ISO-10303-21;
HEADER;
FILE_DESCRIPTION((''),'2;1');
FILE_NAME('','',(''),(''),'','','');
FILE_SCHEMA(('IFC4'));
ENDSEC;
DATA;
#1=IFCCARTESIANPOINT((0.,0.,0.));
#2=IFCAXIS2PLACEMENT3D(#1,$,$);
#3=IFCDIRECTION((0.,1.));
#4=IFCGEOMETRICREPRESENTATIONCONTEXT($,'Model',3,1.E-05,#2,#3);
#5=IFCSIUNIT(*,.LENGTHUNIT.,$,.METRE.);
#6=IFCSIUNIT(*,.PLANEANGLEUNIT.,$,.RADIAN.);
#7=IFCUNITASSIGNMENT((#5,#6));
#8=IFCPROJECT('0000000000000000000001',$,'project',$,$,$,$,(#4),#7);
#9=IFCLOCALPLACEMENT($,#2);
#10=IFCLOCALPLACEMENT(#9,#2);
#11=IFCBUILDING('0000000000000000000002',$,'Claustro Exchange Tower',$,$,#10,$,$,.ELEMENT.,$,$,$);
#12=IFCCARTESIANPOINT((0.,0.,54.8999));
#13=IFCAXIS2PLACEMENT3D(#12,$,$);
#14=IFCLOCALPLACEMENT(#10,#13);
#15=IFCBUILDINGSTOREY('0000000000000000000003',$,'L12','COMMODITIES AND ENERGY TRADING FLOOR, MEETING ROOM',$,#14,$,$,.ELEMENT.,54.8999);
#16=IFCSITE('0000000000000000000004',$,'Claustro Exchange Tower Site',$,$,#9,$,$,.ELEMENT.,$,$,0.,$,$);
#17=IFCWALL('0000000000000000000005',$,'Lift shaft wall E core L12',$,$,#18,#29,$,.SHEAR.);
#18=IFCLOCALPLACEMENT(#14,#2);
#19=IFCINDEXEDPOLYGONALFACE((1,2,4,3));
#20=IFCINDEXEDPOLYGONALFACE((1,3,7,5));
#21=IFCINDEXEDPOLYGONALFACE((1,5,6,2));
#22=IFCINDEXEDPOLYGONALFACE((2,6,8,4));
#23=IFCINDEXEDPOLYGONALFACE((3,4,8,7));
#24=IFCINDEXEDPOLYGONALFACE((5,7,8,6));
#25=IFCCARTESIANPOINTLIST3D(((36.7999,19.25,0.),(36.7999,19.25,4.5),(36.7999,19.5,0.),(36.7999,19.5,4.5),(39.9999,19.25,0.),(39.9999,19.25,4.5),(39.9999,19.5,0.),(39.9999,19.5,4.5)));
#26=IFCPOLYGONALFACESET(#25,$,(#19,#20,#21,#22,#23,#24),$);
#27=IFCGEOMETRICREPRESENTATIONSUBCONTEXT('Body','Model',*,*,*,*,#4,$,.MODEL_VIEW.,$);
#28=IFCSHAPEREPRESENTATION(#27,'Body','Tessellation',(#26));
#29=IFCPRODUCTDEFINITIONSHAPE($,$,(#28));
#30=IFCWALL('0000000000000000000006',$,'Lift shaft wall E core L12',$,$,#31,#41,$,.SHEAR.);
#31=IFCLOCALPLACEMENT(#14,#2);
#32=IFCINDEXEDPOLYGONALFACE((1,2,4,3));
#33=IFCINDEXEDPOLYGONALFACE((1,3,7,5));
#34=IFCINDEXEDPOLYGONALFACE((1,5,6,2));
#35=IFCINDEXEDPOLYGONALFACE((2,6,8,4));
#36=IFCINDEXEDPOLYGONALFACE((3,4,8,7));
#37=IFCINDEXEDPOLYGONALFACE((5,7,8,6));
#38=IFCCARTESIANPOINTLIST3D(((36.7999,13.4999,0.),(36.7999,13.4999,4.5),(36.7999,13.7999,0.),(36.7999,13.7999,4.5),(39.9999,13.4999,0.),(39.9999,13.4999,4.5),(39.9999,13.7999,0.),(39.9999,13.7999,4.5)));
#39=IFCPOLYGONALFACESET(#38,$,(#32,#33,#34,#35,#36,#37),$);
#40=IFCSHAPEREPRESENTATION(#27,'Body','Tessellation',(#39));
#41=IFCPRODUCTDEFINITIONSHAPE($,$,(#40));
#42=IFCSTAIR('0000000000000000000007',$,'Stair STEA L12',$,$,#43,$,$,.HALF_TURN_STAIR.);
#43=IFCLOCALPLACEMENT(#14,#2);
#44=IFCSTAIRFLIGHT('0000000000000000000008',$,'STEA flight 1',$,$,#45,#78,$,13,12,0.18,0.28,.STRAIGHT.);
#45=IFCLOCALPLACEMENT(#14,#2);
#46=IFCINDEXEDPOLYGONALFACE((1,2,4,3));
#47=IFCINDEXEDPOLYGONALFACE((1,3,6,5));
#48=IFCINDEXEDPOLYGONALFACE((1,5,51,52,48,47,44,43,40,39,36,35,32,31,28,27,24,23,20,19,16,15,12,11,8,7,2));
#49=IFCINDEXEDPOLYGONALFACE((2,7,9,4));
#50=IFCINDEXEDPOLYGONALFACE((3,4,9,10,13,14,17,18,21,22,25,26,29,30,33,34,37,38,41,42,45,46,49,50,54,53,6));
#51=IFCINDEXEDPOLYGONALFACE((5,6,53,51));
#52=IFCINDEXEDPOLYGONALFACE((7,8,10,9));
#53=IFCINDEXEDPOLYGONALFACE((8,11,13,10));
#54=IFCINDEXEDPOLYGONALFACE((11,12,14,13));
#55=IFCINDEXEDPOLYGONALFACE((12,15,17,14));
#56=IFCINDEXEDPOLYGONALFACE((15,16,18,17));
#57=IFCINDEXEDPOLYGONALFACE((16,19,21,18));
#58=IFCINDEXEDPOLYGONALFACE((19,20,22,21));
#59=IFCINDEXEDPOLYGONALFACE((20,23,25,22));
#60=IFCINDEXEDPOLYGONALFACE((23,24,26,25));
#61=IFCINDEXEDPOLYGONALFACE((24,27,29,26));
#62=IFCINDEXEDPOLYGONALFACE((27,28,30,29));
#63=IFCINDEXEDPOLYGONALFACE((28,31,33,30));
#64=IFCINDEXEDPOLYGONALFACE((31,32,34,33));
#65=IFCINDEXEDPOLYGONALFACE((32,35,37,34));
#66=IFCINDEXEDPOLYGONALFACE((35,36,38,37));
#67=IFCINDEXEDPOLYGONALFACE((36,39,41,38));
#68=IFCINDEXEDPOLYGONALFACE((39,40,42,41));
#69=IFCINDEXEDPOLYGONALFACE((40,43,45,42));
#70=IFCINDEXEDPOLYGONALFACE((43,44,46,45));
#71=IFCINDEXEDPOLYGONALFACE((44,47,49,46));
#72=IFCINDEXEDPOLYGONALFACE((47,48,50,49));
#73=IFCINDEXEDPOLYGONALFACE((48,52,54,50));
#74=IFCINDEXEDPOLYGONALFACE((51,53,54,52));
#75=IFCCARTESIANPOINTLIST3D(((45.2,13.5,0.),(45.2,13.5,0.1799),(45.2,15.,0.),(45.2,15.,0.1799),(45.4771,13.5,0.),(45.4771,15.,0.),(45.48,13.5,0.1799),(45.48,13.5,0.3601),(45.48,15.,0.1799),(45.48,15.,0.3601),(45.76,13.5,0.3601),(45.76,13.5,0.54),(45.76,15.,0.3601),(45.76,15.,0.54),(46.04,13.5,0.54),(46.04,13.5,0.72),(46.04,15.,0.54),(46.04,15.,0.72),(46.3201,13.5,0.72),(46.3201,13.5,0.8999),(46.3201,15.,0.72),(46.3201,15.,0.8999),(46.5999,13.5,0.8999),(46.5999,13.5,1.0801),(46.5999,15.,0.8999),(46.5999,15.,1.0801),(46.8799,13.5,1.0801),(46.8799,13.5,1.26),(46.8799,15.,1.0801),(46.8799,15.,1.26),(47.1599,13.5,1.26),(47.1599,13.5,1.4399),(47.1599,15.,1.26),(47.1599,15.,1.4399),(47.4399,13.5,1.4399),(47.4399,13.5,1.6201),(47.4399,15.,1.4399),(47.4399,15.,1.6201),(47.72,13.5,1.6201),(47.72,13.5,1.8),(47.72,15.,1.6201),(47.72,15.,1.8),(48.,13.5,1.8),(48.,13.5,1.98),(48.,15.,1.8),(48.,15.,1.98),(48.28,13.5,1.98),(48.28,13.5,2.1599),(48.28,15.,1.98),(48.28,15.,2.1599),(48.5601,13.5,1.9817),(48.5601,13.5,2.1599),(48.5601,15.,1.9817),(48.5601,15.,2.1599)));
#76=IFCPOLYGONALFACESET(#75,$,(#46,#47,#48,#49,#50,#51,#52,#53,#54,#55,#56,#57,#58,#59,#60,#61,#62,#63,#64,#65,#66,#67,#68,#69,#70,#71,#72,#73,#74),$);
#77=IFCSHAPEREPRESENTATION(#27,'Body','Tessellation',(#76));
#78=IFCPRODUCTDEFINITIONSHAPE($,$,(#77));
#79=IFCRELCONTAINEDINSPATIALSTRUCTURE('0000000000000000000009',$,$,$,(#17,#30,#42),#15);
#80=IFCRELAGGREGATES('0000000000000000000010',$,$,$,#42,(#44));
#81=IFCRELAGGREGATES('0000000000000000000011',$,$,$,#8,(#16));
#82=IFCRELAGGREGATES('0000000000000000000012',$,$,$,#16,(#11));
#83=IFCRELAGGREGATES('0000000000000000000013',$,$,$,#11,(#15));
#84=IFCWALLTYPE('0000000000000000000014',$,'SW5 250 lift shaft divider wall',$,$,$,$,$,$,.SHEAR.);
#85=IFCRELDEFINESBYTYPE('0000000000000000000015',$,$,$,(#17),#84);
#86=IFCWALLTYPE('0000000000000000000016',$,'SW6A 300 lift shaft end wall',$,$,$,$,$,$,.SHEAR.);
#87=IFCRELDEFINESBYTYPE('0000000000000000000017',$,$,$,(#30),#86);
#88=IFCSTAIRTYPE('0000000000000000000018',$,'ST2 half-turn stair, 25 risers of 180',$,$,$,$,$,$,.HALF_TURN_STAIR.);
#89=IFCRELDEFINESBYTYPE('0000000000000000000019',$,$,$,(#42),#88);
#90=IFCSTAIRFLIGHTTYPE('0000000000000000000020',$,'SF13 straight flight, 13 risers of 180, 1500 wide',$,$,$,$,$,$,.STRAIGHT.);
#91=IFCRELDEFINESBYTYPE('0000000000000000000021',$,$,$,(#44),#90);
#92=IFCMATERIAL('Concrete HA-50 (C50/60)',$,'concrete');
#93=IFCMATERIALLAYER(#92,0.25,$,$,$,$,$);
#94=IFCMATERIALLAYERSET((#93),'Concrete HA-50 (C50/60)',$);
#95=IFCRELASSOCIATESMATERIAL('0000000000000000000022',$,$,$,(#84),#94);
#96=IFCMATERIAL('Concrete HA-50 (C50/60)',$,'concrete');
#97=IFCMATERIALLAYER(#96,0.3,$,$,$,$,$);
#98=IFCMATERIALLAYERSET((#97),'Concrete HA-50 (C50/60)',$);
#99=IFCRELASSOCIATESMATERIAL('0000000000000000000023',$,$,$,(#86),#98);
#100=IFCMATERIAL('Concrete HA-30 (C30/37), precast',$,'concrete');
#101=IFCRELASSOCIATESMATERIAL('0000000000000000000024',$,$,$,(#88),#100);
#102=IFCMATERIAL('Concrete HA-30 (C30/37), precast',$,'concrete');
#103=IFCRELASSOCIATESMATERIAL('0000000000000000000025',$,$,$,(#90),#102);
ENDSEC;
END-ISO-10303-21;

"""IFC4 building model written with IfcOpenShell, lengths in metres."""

from ifc_helpers import new_model, si_unit, direction, frame, frame_2d, origin, place, context, subcontext, project, spatial, polyline, rectangle, outline, extrude, material, layer, layer_set, type_object, element, aggregate, save


model = new_model("IFC4")

# Units and contexts
model_context = context("Model", 3, precision=1e-05, world=origin(), true_north=direction((0.0, 1.0)))
body_context = subcontext(model_context, "Body", "Model", "MODEL_VIEW")
ifc_project = project(units=[si_unit("LENGTHUNIT", "METRE"), si_unit("PLANEANGLEUNIT", "RADIAN")], contexts=[model_context])

# Site, building, storey
site_placement = place(None, origin())
site = spatial("IfcSite", under=ifc_project, at=site_placement, Name="Claustro Exchange Tower Site", CompositionType="ELEMENT", RefElevation=0.0)
building_placement = place(site_placement, origin())
building = spatial("IfcBuilding", under=site, at=building_placement, Name="Claustro Exchange Tower", CompositionType="ELEMENT")
storey_placement = place(building_placement, frame((0.0, 0.0, 54.8999)))
storey = spatial("IfcBuildingStorey", under=building, at=storey_placement, Name="L12", Description="COMMODITIES AND ENERGY TRADING FLOOR, MEETING ROOM", CompositionType="ELEMENT", Elevation=54.8999)

# Walls
ifc_material_1 = material(Name="Concrete HA-50 (C50/60)", Category="concrete")
ifc_layer_1 = layer(ifc_material_1, 0.25)
ifc_layer_set_1 = layer_set([ifc_layer_1], Name="Concrete HA-50 (C50/60)")
wall_type_1 = type_object("IfcWallType", Name="SW5 250 lift shaft divider wall", PredefinedType="SHEAR", material=ifc_layer_set_1)
for number, where, z_axis, x_axis, name in (
    (1, (40.0, 19.375, 0.0), (0.0, 0.0, 1.0), (-1.0, 0.0, 0.0), "Lift shaft wall E core L12"),
):
    element("IfcWall", number, at=place(storey_placement, frame(where, z_axis=z_axis, x_axis=x_axis)), inside=storey, type_object=wall_type_1, Name=name, PredefinedType="SHEAR", context=body_context, shape_type="SweptSolid", body=[
        extrude(rectangle(XDim=3.2, YDim=0.25, at=frame_2d((1.6001, 0.0))), origin(), (0.0, 0.0, 1.0), 4.5),
    ])
ifc_material_2 = material(Name="Concrete HA-50 (C50/60)", Category="concrete")
ifc_layer_2 = layer(ifc_material_2, 0.3)
ifc_layer_set_2 = layer_set([ifc_layer_2], Name="Concrete HA-50 (C50/60)")
wall_type_2 = type_object("IfcWallType", Name="SW6A 300 lift shaft end wall", PredefinedType="SHEAR", material=ifc_layer_set_2)
wall_1_placement = place(storey_placement, frame((40.0, 13.6499, 0.0), z_axis=(0.0, 0.0, 1.0), x_axis=(-1.0, 0.0, 0.0)))
element("IfcWall", 2, at=wall_1_placement, inside=storey, type_object=wall_type_2, Name="Lift shaft wall E core L12", PredefinedType="SHEAR", context=body_context, shape_type="SweptSolid", body=[
    extrude(rectangle(XDim=3.2, YDim=0.3, at=frame_2d((1.6001, 0.0))), origin(), (0.0, 0.0, 1.0), 4.5),
])

# Stair, stair flight
ifc_material_3 = material(Name="Concrete HA-30 (C30/37), precast", Category="concrete")
stair_type = type_object("IfcStairType", Name="ST2 half-turn stair, 25 risers of 180", PredefinedType="HALF_TURN_STAIR", material=ifc_material_3)
stair_placement = place(storey_placement, origin())
stair = element("IfcStair", 3, at=stair_placement, inside=storey, type_object=stair_type, Name="Stair STEA L12", PredefinedType="HALF_TURN_STAIR")
ifc_material_4 = material(Name="Concrete HA-30 (C30/37), precast", Category="concrete")
stair_flight_type = type_object("IfcStairFlightType", Name="SF13 straight flight, 13 risers of 180, 1500 wide", PredefinedType="STRAIGHT", material=ifc_material_4)
stair_flight_placement = place(storey_placement, frame((45.2, 14.25, 0.0), z_axis=(0.0, 0.0, 1.0), x_axis=(1.0, 0.0, 0.0)))
stair_flight = element("IfcStairFlight", 4, at=stair_flight_placement, type_object=stair_flight_type, Name="STEA flight 1", NumberOfRisers=13, NumberOfTreads=12, PredefinedType="STRAIGHT", RiserHeight=0.18, TreadLength=0.28, context=body_context, shape_type="SweptSolid", body=[
    extrude(outline(polyline([(0.0, 0.0), (0.0, 0.1799), (0.28, 0.1799), (0.28, 0.3601), (0.5601, 0.3601), (0.5601, 0.54), (0.8401, 0.54), (0.8401, 0.72), (1.1201, 0.72), (1.1201, 0.8999), (1.3999, 0.8999), (1.3999, 1.0801), (1.6799, 1.0801), (1.6799, 1.26), (1.96, 1.26), (1.96, 1.4399), (2.24, 1.4399), (2.24, 1.6201), (2.52, 1.6201), (2.52, 1.8), (2.8, 1.8), (2.8, 1.98), (3.0801, 1.98), (3.0801, 2.1599), (3.3601, 2.1599), (3.3601, 2.3401), (3.3601, 1.9817), (0.2771, 0.0), (0.0, 0.0)])), frame((0.0, 0.75, 0.0), z_axis=(0.0, -1.0, 0.0), x_axis=(1.0, 0.0, 0.0)), (0.0, 0.0, 1.0), 1.5),
])
aggregate(stair, [stair_flight])

save(model, "model.ifc")
